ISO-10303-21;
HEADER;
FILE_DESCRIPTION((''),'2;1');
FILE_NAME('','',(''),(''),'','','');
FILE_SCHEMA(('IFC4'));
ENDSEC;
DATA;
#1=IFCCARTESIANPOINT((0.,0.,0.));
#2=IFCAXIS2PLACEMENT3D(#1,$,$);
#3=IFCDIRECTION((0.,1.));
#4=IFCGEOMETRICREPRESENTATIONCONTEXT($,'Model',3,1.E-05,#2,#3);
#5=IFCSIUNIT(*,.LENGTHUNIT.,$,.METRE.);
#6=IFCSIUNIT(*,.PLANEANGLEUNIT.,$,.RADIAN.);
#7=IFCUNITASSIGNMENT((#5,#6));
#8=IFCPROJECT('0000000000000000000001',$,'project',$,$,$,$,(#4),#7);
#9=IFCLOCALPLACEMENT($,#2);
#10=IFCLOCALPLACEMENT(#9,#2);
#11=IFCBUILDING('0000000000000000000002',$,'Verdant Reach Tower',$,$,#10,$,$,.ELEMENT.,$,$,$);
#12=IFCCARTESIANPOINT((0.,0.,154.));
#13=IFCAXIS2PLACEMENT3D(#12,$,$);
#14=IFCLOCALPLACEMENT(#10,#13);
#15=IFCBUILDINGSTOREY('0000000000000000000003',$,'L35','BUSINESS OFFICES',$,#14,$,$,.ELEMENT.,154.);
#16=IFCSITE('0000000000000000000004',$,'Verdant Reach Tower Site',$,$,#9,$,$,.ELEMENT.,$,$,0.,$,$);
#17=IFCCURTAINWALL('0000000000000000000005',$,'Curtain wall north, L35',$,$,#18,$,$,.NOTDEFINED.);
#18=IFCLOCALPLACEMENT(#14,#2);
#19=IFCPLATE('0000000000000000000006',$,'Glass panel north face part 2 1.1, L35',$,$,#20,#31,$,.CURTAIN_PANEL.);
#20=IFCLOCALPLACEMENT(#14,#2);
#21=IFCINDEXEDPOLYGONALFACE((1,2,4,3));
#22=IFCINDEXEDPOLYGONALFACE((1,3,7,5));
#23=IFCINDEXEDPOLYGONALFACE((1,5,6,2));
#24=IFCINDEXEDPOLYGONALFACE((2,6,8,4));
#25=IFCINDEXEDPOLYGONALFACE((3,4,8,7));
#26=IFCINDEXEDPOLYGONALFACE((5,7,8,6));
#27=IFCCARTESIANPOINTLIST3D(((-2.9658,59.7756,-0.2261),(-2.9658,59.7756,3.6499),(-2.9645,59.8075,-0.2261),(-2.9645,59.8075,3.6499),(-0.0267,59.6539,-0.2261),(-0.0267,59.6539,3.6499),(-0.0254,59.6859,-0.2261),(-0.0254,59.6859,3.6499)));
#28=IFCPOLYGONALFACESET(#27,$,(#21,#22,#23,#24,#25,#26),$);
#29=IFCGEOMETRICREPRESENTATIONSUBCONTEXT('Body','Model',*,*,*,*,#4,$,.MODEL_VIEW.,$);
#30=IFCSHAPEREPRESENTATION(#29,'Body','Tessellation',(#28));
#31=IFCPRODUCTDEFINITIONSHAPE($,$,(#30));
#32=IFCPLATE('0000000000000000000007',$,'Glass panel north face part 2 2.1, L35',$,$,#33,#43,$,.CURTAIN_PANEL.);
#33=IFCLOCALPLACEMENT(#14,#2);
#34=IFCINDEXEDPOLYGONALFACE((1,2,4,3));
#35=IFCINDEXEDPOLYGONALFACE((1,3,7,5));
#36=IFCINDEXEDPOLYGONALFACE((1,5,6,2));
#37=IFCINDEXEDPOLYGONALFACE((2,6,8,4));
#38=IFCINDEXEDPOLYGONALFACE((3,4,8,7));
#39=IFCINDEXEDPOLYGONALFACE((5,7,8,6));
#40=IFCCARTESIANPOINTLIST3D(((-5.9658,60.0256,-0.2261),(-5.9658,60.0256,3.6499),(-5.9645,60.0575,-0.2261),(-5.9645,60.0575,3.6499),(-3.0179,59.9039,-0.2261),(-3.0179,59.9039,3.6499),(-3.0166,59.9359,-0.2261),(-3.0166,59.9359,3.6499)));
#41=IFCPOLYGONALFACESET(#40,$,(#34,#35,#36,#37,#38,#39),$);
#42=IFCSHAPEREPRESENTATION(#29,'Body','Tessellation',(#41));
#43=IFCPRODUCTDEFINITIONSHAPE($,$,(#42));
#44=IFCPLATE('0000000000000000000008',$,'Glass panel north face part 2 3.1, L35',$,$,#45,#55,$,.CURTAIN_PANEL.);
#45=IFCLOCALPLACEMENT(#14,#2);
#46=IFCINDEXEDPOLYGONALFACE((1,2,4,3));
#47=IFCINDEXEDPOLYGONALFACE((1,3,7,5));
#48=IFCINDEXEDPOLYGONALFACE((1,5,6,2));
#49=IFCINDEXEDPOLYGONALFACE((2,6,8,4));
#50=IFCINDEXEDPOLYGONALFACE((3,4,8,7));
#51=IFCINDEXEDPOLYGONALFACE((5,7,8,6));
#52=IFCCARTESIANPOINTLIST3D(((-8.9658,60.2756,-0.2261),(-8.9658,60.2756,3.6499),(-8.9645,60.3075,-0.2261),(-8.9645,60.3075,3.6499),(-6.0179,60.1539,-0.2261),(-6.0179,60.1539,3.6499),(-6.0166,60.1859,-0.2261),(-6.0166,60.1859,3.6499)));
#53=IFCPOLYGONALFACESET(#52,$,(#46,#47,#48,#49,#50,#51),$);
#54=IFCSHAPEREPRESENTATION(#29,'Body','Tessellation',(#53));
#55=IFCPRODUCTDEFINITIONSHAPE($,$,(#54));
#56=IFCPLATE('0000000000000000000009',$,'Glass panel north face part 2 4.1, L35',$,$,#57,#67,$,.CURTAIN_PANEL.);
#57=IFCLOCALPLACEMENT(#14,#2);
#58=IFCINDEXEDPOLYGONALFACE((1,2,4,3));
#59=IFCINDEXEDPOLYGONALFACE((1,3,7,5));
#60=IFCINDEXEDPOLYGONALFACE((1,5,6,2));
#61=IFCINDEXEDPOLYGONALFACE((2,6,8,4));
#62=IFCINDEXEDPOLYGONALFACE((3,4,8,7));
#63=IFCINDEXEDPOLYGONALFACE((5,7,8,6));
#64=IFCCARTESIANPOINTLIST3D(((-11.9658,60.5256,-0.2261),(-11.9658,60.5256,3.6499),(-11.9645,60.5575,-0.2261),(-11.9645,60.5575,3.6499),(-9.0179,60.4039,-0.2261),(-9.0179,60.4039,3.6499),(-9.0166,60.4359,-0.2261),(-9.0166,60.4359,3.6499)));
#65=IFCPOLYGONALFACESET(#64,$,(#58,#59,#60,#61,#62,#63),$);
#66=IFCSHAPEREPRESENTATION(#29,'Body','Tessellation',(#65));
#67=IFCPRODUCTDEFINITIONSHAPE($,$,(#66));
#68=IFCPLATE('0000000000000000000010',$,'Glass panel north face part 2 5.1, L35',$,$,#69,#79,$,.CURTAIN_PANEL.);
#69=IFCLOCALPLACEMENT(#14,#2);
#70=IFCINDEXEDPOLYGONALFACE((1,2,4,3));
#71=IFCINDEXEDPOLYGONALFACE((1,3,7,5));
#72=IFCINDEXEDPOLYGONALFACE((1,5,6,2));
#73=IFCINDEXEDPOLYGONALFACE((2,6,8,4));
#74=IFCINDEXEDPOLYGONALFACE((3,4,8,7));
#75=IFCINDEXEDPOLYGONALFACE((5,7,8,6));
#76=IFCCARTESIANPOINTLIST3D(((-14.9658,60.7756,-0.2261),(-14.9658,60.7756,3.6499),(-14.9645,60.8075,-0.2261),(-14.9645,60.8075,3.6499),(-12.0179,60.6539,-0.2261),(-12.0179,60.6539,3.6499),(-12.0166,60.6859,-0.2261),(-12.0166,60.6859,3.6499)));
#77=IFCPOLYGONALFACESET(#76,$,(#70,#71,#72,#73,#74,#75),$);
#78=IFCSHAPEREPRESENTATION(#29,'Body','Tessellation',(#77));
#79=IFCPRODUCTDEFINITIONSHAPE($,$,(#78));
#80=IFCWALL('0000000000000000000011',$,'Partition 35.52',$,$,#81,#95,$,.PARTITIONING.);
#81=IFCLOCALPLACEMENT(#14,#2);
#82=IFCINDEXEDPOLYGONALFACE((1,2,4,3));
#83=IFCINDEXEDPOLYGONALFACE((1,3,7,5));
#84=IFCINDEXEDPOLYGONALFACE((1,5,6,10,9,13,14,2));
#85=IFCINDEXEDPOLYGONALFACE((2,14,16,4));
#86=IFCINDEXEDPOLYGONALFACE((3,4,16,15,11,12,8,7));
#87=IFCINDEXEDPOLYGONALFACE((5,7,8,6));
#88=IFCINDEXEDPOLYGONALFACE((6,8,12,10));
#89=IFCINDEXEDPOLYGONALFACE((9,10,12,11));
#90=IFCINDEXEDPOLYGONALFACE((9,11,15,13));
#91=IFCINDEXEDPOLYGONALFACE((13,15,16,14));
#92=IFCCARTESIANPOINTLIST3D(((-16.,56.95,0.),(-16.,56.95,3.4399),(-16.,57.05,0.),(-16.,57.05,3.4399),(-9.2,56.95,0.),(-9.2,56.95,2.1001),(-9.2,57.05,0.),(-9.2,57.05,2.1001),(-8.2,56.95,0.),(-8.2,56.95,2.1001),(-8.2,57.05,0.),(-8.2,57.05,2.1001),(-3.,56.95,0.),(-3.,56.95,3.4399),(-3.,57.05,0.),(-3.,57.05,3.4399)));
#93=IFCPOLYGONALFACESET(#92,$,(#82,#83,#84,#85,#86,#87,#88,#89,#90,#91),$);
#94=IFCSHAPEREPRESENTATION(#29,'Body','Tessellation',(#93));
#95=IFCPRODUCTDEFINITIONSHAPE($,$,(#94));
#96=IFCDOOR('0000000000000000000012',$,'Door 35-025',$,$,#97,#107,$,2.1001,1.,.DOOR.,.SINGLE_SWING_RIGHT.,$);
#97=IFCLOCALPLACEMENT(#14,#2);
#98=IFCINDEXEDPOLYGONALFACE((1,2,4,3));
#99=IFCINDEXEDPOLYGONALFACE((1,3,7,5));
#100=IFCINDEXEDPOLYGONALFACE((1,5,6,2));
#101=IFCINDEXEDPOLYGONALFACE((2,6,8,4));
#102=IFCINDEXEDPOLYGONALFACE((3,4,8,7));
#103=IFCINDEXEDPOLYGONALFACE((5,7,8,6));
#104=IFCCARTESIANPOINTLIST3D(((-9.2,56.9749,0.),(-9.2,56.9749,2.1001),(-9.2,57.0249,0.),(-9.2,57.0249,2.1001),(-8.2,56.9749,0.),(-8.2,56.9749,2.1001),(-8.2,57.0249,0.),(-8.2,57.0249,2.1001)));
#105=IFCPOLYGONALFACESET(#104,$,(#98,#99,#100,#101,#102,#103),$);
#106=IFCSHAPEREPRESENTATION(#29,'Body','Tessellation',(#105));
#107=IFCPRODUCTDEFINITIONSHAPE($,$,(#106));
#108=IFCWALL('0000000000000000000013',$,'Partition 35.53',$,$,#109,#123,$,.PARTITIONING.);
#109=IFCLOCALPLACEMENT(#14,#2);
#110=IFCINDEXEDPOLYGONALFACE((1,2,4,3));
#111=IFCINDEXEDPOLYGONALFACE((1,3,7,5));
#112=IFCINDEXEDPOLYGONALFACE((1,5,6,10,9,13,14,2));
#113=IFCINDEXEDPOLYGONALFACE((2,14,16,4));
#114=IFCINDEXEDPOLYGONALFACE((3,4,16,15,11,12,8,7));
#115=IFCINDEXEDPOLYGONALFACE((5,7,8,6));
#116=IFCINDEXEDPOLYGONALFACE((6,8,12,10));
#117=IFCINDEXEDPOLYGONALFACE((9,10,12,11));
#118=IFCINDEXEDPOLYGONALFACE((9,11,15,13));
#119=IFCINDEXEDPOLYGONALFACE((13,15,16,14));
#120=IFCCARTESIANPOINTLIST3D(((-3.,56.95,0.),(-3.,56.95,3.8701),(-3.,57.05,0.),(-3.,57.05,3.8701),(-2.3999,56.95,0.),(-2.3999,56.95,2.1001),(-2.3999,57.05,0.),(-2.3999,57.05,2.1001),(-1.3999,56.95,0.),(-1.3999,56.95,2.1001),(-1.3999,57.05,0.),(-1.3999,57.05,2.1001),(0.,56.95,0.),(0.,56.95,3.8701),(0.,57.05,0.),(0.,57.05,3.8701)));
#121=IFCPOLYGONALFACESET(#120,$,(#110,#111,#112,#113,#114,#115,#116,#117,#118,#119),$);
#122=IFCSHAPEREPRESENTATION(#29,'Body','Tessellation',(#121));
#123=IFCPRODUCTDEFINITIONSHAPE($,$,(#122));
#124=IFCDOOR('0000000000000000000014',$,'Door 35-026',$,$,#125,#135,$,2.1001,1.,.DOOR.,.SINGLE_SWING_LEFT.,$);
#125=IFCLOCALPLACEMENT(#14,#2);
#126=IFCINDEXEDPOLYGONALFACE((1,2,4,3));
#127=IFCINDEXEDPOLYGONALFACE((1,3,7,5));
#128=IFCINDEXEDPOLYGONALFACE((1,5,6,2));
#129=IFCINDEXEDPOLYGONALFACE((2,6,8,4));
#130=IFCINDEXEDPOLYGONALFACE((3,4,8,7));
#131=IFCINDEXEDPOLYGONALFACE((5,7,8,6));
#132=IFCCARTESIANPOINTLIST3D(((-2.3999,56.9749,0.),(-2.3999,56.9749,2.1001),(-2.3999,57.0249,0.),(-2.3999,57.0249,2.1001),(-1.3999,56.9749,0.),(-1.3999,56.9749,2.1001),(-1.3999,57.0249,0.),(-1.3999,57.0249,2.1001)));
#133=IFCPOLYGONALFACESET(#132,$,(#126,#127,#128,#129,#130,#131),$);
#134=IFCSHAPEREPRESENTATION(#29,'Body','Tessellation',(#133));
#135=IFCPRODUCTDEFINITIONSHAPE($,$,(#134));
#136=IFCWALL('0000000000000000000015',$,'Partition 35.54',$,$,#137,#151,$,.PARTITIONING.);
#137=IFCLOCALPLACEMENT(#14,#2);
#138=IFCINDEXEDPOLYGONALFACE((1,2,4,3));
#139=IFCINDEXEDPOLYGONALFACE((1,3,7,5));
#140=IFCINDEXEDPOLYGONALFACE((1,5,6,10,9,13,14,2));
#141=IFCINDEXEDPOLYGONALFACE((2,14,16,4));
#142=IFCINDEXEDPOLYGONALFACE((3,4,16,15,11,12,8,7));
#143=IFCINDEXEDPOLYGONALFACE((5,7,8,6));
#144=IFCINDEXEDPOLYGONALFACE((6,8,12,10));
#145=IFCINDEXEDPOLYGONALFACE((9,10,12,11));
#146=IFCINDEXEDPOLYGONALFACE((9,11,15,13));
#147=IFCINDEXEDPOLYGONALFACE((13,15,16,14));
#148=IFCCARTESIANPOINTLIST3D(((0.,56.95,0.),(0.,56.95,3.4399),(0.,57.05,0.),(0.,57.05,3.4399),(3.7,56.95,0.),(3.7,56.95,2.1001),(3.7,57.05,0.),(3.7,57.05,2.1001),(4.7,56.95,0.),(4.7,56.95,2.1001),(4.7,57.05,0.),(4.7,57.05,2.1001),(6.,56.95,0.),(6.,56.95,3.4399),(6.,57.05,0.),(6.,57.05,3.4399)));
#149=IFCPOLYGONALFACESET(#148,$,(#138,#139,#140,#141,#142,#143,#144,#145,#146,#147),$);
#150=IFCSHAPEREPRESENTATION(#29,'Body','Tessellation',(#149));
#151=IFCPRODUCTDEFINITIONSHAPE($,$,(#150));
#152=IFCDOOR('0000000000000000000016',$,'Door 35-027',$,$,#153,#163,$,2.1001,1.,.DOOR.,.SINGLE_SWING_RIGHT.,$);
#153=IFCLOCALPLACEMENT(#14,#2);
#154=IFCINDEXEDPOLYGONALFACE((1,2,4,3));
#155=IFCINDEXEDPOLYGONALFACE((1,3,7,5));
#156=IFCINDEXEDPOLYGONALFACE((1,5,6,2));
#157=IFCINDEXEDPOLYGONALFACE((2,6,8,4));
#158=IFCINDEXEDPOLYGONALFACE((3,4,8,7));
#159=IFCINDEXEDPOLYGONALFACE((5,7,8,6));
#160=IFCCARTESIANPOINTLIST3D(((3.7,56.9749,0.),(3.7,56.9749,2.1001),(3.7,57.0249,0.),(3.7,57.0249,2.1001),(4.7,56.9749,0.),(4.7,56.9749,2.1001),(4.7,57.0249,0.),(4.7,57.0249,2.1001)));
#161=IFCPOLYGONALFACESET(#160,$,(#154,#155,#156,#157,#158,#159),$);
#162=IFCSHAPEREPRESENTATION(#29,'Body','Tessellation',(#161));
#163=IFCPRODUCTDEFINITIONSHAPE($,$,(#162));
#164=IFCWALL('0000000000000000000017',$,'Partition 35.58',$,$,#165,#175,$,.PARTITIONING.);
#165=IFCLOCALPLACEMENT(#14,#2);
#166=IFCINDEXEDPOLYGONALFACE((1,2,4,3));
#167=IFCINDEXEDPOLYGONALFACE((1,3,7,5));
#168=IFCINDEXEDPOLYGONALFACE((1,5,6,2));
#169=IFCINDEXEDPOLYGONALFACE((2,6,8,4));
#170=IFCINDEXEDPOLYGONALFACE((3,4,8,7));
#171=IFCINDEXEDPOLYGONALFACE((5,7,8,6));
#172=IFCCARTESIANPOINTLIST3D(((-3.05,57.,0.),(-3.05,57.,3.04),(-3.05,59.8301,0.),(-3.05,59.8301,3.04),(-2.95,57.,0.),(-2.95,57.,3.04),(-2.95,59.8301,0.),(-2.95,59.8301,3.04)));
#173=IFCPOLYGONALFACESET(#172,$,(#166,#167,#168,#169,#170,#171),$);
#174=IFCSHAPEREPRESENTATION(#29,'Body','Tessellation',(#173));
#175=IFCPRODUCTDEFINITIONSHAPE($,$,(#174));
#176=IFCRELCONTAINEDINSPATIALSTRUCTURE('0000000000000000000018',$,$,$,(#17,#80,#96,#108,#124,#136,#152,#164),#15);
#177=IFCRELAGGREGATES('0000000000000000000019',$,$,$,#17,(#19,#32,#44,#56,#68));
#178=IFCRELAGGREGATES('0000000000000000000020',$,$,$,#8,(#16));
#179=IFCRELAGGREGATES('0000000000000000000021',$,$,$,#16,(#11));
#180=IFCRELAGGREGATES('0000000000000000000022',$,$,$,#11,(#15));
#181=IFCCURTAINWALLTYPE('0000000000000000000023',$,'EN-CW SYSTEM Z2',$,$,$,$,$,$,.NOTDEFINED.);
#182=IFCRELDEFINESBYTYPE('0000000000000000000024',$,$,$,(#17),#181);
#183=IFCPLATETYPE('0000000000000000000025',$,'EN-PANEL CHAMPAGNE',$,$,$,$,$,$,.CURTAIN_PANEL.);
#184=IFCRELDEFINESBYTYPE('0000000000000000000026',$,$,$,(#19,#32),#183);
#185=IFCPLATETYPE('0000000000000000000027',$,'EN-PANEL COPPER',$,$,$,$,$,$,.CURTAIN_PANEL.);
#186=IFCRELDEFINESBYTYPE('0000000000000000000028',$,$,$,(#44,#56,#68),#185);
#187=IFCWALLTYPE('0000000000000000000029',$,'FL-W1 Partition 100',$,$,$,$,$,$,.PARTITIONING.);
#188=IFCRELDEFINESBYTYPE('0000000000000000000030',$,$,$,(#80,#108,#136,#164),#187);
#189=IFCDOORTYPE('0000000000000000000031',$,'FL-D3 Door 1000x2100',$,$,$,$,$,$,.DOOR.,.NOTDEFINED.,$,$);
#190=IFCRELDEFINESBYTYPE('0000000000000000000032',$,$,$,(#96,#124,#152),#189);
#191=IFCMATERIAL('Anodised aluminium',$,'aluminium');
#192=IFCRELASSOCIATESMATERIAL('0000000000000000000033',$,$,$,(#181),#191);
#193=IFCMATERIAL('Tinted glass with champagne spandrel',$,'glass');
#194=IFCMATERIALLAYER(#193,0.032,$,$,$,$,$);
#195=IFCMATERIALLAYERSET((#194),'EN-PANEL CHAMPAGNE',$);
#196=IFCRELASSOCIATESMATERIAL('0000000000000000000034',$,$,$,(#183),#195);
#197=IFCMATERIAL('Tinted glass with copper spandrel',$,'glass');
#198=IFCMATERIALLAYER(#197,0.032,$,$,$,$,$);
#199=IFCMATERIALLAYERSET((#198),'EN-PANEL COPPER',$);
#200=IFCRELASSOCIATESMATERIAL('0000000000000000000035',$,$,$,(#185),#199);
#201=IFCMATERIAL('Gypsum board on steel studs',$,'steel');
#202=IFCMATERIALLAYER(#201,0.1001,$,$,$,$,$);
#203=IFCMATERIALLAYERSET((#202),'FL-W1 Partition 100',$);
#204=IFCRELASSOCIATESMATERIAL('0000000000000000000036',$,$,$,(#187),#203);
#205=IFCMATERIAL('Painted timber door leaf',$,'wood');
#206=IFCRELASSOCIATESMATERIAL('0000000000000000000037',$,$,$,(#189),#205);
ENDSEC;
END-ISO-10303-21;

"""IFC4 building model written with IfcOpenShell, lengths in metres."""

from ifc_helpers import new_model, si_unit, direction, frame, frame_2d, origin, origin_2d, place, context, subcontext, project, spatial, rectangle, extrude, material, layer, layer_set, type_object, element, fill, aggregate, save


model = new_model("IFC4")

# Units and contexts
model_context = context("Model", 3, precision=1e-05, world=origin(), true_north=direction((0.0, 1.0)))
body_context = subcontext(model_context, "Body", "Model", "MODEL_VIEW")
ifc_project = project(units=[si_unit("LENGTHUNIT", "METRE"), si_unit("PLANEANGLEUNIT", "RADIAN")], contexts=[model_context])

# Site, building, storey
site_placement = place(None, origin())
site = spatial("IfcSite", under=ifc_project, at=site_placement, Name="Verdant Reach Tower Site", CompositionType="ELEMENT", RefElevation=0.0)
building_placement = place(site_placement, origin())
building = spatial("IfcBuilding", under=site, at=building_placement, Name="Verdant Reach Tower", CompositionType="ELEMENT")
storey_placement = place(building_placement, frame((0.0, 0.0, 154.0)))
storey = spatial("IfcBuildingStorey", under=building, at=storey_placement, Name="L35", Description="BUSINESS OFFICES", CompositionType="ELEMENT", Elevation=154.0)

# Curtain wall
ifc_material_1 = material(Name="Anodised aluminium", Category="aluminium")
curtain_wall_type = type_object("IfcCurtainWallType", Name="EN-CW SYSTEM Z2", PredefinedType="NOTDEFINED", material=ifc_material_1)
curtain_wall_placement = place(storey_placement, origin())
curtain_wall = element("IfcCurtainWall", 1, at=curtain_wall_placement, inside=storey, type_object=curtain_wall_type, Name="Curtain wall north, L35", PredefinedType="NOTDEFINED")

# Plates
ifc_material_2 = material(Name="Tinted glass with champagne spandrel", Category="glass")
ifc_layer_1 = layer(ifc_material_2, 0.032)
ifc_layer_set_1 = layer_set([ifc_layer_1], Name="EN-PANEL CHAMPAGNE")
plate_type_1 = type_object("IfcPlateType", Name="EN-PANEL CHAMPAGNE", PredefinedType="CURTAIN_PANEL", material=ifc_layer_set_1)
plate_1_placement = place(storey_placement, frame((-1.4956, 59.7307, -0.2261), z_axis=(0.0, 0.0, 1.0), x_axis=(-0.999144, 0.041364, 0.0)))
plate_1 = element("IfcPlate", 2, at=plate_1_placement, type_object=plate_type_1, Name="Glass panel north face part 2 1.1, L35", PredefinedType="CURTAIN_PANEL", context=body_context, shape_type="SweptSolid", body=[
    extrude(rectangle(XDim=2.9417, YDim=0.032, at=origin_2d()), origin(), (0.0, 0.0, 1.0), 3.876),
])
plate_2_placement = place(storey_placement, frame((-4.4912, 59.9807, -0.2261), z_axis=(0.0, 0.0, 1.0), x_axis=(-0.999149, 0.041242, 0.0)))
plate_2 = element("IfcPlate", 3, at=plate_2_placement, type_object=plate_type_1, Name="Glass panel north face part 2 2.1, L35", PredefinedType="CURTAIN_PANEL", context=body_context, shape_type="SweptSolid", body=[
    extrude(rectangle(XDim=2.9504, YDim=0.032, at=origin_2d()), origin(), (0.0, 0.0, 1.0), 3.876),
])
ifc_material_3 = material(Name="Tinted glass with copper spandrel", Category="glass")
ifc_layer_2 = layer(ifc_material_3, 0.032)
ifc_layer_set_2 = layer_set([ifc_layer_2], Name="EN-PANEL COPPER")
plate_type_2 = type_object("IfcPlateType", Name="EN-PANEL COPPER", PredefinedType="CURTAIN_PANEL", material=ifc_layer_set_2)
plate_3_placement = place(storey_placement, frame((-7.4912, 60.2307, -0.2261), z_axis=(0.0, 0.0, 1.0), x_axis=(-0.999149, 0.041242, 0.0)))
plate_3 = element("IfcPlate", 4, at=plate_3_placement, type_object=plate_type_2, Name="Glass panel north face part 2 3.1, L35", PredefinedType="CURTAIN_PANEL", context=body_context, shape_type="SweptSolid", body=[
    extrude(rectangle(XDim=2.9504, YDim=0.032, at=origin_2d()), origin(), (0.0, 0.0, 1.0), 3.876),
])
plate_4_placement = place(storey_placement, frame((-10.4912, 60.4807, -0.2261), z_axis=(0.0, 0.0, 1.0), x_axis=(-0.999149, 0.041242, 0.0)))
plate_4 = element("IfcPlate", 5, at=plate_4_placement, type_object=plate_type_2, Name="Glass panel north face part 2 4.1, L35", PredefinedType="CURTAIN_PANEL", context=body_context, shape_type="SweptSolid", body=[
    extrude(rectangle(XDim=2.9504, YDim=0.032, at=origin_2d()), origin(), (0.0, 0.0, 1.0), 3.876),
])
plate_5_placement = place(storey_placement, frame((-13.4912, 60.7307, -0.2261), z_axis=(0.0, 0.0, 1.0), x_axis=(-0.999149, 0.041242, 0.0)))
plate_5 = element("IfcPlate", 6, at=plate_5_placement, type_object=plate_type_2, Name="Glass panel north face part 2 5.1, L35", PredefinedType="CURTAIN_PANEL", context=body_context, shape_type="SweptSolid", body=[
    extrude(rectangle(XDim=2.9504, YDim=0.032, at=origin_2d()), origin(), (0.0, 0.0, 1.0), 3.876),
])
aggregate(curtain_wall, [plate_1, plate_2, plate_3, plate_4, plate_5])

# Walls, openings, doors
ifc_material_4 = material(Name="Gypsum board on steel studs", Category="steel")
ifc_layer_3 = layer(ifc_material_4, 0.1001)
ifc_layer_set_3 = layer_set([ifc_layer_3], Name="FL-W1 Partition 100")
wall_type = type_object("IfcWallType", Name="FL-W1 Partition 100", PredefinedType="PARTITIONING", material=ifc_layer_set_3)
wall_1_placement = place(storey_placement, frame((-16.0, 57.0, 0.0), z_axis=(0.0, 0.0, 1.0), x_axis=(1.0, 0.0, 0.0)))
wall_1 = element("IfcWall", 7, at=wall_1_placement, inside=storey, type_object=wall_type, Name="Partition 35.52", PredefinedType="PARTITIONING", context=body_context, shape_type="SweptSolid", body=[
    extrude(rectangle(XDim=13.0, YDim=0.1001, at=frame_2d((6.5, 0.0))), origin(), (0.0, 0.0, 1.0), 3.4399),
])
opening_1_placement = place(wall_1_placement, frame((6.8, 0.0, 0.0)))
opening_1 = element("IfcOpeningElement", 8, at=opening_1_placement, cuts=wall_1, PredefinedType="OPENING", context=body_context, shape_type="SweptSolid", body=[
    extrude(rectangle(XDim=1.0, YDim=2.1001, at=frame_2d((0.5, 1.05))), frame((0.0, 0.0601, 0.0), z_axis=(0.0, -1.0, 0.0), x_axis=(1.0, 0.0, 0.0)), (0.0, 0.0, 1.0), 0.1201),
])
ifc_material_5 = material(Name="Painted timber door leaf", Category="wood")
door_type = type_object("IfcDoorType", Name="FL-D3 Door 1000x2100", OperationType="NOTDEFINED", PredefinedType="DOOR", material=ifc_material_5)
door_1_placement = place(opening_1_placement, origin())
door_1 = element("IfcDoor", 9, at=door_1_placement, inside=storey, type_object=door_type, Name="Door 35-025", OperationType="SINGLE_SWING_RIGHT", OverallHeight=2.1001, OverallWidth=1.0, PredefinedType="DOOR", context=body_context, shape_type="SweptSolid", body=[
    extrude(rectangle(XDim=1.0, YDim=2.1001, at=frame_2d((0.5, 1.05))), frame((0.0, 0.0249, 0.0), z_axis=(0.0, -1.0, 0.0), x_axis=(1.0, 0.0, 0.0)), (0.0, 0.0, 1.0), 0.05),
])
fill(opening_1, door_1)
wall_2_placement = place(storey_placement, frame((-3.0, 57.0, 0.0), z_axis=(0.0, 0.0, 1.0), x_axis=(1.0, 0.0, 0.0)))
wall_2 = element("IfcWall", 10, at=wall_2_placement, inside=storey, type_object=wall_type, Name="Partition 35.53", PredefinedType="PARTITIONING", context=body_context, shape_type="SweptSolid", body=[
    extrude(rectangle(XDim=3.0, YDim=0.1001, at=frame_2d((1.5, 0.0))), origin(), (0.0, 0.0, 1.0), 3.8701),
])
opening_2_placement = place(wall_2_placement, frame((0.6001, 0.0, 0.0)))
opening_2 = element("IfcOpeningElement", 11, at=opening_2_placement, cuts=wall_2, PredefinedType="OPENING", context=body_context, shape_type="SweptSolid", body=[
    extrude(rectangle(XDim=1.0, YDim=2.1001, at=frame_2d((0.5, 1.05))), frame((0.0, 0.0601, 0.0), z_axis=(0.0, -1.0, 0.0), x_axis=(1.0, 0.0, 0.0)), (0.0, 0.0, 1.0), 0.1201),
])
door_2_placement = place(opening_2_placement, origin())
door_2 = element("IfcDoor", 12, at=door_2_placement, inside=storey, type_object=door_type, Name="Door 35-026", OperationType="SINGLE_SWING_LEFT", OverallHeight=2.1001, OverallWidth=1.0, PredefinedType="DOOR", context=body_context, shape_type="SweptSolid", body=[
    extrude(rectangle(XDim=1.0, YDim=2.1001, at=frame_2d((0.5, 1.05))), frame((0.0, 0.0249, 0.0), z_axis=(0.0, -1.0, 0.0), x_axis=(1.0, 0.0, 0.0)), (0.0, 0.0, 1.0), 0.05),
])
fill(opening_2, door_2)
wall_3_placement = place(storey_placement, frame((0.0, 57.0, 0.0), z_axis=(0.0, 0.0, 1.0), x_axis=(1.0, 0.0, 0.0)))
wall_3 = element("IfcWall", 13, at=wall_3_placement, inside=storey, type_object=wall_type, Name="Partition 35.54", PredefinedType="PARTITIONING", context=body_context, shape_type="SweptSolid", body=[
    extrude(rectangle(XDim=6.0, YDim=0.1001, at=frame_2d((3.0, 0.0))), origin(), (0.0, 0.0, 1.0), 3.4399),
])
opening_3_placement = place(wall_3_placement, frame((3.7, 0.0, 0.0)))
opening_3 = element("IfcOpeningElement", 14, at=opening_3_placement, cuts=wall_3, PredefinedType="OPENING", context=body_context, shape_type="SweptSolid", body=[
    extrude(rectangle(XDim=1.0, YDim=2.1001, at=frame_2d((0.5, 1.05))), frame((0.0, 0.0601, 0.0), z_axis=(0.0, -1.0, 0.0), x_axis=(1.0, 0.0, 0.0)), (0.0, 0.0, 1.0), 0.1201),
])
door_3_placement = place(opening_3_placement, origin())
door_3 = element("IfcDoor", 15, at=door_3_placement, inside=storey, type_object=door_type, Name="Door 35-027", OperationType="SINGLE_SWING_RIGHT", OverallHeight=2.1001, OverallWidth=1.0, PredefinedType="DOOR", context=body_context, shape_type="SweptSolid", body=[
    extrude(rectangle(XDim=1.0, YDim=2.1001, at=frame_2d((0.5, 1.05))), frame((0.0, 0.0249, 0.0), z_axis=(0.0, -1.0, 0.0), x_axis=(1.0, 0.0, 0.0)), (0.0, 0.0, 1.0), 0.05),
])
fill(opening_3, door_3)

# Wall
wall_4_placement = place(storey_placement, frame((-3.0, 57.0, 0.0), z_axis=(0.0, 0.0, 1.0), x_axis=(0.0, 1.0, 0.0)))
element("IfcWall", 16, at=wall_4_placement, inside=storey, type_object=wall_type, Name="Partition 35.58", PredefinedType="PARTITIONING", context=body_context, shape_type="SweptSolid", body=[
    extrude(rectangle(XDim=2.8301, YDim=0.1001, at=frame_2d((1.415, 0.0))), origin(), (0.0, 0.0, 1.0), 3.04),
])

save(model, "model.ifc")
